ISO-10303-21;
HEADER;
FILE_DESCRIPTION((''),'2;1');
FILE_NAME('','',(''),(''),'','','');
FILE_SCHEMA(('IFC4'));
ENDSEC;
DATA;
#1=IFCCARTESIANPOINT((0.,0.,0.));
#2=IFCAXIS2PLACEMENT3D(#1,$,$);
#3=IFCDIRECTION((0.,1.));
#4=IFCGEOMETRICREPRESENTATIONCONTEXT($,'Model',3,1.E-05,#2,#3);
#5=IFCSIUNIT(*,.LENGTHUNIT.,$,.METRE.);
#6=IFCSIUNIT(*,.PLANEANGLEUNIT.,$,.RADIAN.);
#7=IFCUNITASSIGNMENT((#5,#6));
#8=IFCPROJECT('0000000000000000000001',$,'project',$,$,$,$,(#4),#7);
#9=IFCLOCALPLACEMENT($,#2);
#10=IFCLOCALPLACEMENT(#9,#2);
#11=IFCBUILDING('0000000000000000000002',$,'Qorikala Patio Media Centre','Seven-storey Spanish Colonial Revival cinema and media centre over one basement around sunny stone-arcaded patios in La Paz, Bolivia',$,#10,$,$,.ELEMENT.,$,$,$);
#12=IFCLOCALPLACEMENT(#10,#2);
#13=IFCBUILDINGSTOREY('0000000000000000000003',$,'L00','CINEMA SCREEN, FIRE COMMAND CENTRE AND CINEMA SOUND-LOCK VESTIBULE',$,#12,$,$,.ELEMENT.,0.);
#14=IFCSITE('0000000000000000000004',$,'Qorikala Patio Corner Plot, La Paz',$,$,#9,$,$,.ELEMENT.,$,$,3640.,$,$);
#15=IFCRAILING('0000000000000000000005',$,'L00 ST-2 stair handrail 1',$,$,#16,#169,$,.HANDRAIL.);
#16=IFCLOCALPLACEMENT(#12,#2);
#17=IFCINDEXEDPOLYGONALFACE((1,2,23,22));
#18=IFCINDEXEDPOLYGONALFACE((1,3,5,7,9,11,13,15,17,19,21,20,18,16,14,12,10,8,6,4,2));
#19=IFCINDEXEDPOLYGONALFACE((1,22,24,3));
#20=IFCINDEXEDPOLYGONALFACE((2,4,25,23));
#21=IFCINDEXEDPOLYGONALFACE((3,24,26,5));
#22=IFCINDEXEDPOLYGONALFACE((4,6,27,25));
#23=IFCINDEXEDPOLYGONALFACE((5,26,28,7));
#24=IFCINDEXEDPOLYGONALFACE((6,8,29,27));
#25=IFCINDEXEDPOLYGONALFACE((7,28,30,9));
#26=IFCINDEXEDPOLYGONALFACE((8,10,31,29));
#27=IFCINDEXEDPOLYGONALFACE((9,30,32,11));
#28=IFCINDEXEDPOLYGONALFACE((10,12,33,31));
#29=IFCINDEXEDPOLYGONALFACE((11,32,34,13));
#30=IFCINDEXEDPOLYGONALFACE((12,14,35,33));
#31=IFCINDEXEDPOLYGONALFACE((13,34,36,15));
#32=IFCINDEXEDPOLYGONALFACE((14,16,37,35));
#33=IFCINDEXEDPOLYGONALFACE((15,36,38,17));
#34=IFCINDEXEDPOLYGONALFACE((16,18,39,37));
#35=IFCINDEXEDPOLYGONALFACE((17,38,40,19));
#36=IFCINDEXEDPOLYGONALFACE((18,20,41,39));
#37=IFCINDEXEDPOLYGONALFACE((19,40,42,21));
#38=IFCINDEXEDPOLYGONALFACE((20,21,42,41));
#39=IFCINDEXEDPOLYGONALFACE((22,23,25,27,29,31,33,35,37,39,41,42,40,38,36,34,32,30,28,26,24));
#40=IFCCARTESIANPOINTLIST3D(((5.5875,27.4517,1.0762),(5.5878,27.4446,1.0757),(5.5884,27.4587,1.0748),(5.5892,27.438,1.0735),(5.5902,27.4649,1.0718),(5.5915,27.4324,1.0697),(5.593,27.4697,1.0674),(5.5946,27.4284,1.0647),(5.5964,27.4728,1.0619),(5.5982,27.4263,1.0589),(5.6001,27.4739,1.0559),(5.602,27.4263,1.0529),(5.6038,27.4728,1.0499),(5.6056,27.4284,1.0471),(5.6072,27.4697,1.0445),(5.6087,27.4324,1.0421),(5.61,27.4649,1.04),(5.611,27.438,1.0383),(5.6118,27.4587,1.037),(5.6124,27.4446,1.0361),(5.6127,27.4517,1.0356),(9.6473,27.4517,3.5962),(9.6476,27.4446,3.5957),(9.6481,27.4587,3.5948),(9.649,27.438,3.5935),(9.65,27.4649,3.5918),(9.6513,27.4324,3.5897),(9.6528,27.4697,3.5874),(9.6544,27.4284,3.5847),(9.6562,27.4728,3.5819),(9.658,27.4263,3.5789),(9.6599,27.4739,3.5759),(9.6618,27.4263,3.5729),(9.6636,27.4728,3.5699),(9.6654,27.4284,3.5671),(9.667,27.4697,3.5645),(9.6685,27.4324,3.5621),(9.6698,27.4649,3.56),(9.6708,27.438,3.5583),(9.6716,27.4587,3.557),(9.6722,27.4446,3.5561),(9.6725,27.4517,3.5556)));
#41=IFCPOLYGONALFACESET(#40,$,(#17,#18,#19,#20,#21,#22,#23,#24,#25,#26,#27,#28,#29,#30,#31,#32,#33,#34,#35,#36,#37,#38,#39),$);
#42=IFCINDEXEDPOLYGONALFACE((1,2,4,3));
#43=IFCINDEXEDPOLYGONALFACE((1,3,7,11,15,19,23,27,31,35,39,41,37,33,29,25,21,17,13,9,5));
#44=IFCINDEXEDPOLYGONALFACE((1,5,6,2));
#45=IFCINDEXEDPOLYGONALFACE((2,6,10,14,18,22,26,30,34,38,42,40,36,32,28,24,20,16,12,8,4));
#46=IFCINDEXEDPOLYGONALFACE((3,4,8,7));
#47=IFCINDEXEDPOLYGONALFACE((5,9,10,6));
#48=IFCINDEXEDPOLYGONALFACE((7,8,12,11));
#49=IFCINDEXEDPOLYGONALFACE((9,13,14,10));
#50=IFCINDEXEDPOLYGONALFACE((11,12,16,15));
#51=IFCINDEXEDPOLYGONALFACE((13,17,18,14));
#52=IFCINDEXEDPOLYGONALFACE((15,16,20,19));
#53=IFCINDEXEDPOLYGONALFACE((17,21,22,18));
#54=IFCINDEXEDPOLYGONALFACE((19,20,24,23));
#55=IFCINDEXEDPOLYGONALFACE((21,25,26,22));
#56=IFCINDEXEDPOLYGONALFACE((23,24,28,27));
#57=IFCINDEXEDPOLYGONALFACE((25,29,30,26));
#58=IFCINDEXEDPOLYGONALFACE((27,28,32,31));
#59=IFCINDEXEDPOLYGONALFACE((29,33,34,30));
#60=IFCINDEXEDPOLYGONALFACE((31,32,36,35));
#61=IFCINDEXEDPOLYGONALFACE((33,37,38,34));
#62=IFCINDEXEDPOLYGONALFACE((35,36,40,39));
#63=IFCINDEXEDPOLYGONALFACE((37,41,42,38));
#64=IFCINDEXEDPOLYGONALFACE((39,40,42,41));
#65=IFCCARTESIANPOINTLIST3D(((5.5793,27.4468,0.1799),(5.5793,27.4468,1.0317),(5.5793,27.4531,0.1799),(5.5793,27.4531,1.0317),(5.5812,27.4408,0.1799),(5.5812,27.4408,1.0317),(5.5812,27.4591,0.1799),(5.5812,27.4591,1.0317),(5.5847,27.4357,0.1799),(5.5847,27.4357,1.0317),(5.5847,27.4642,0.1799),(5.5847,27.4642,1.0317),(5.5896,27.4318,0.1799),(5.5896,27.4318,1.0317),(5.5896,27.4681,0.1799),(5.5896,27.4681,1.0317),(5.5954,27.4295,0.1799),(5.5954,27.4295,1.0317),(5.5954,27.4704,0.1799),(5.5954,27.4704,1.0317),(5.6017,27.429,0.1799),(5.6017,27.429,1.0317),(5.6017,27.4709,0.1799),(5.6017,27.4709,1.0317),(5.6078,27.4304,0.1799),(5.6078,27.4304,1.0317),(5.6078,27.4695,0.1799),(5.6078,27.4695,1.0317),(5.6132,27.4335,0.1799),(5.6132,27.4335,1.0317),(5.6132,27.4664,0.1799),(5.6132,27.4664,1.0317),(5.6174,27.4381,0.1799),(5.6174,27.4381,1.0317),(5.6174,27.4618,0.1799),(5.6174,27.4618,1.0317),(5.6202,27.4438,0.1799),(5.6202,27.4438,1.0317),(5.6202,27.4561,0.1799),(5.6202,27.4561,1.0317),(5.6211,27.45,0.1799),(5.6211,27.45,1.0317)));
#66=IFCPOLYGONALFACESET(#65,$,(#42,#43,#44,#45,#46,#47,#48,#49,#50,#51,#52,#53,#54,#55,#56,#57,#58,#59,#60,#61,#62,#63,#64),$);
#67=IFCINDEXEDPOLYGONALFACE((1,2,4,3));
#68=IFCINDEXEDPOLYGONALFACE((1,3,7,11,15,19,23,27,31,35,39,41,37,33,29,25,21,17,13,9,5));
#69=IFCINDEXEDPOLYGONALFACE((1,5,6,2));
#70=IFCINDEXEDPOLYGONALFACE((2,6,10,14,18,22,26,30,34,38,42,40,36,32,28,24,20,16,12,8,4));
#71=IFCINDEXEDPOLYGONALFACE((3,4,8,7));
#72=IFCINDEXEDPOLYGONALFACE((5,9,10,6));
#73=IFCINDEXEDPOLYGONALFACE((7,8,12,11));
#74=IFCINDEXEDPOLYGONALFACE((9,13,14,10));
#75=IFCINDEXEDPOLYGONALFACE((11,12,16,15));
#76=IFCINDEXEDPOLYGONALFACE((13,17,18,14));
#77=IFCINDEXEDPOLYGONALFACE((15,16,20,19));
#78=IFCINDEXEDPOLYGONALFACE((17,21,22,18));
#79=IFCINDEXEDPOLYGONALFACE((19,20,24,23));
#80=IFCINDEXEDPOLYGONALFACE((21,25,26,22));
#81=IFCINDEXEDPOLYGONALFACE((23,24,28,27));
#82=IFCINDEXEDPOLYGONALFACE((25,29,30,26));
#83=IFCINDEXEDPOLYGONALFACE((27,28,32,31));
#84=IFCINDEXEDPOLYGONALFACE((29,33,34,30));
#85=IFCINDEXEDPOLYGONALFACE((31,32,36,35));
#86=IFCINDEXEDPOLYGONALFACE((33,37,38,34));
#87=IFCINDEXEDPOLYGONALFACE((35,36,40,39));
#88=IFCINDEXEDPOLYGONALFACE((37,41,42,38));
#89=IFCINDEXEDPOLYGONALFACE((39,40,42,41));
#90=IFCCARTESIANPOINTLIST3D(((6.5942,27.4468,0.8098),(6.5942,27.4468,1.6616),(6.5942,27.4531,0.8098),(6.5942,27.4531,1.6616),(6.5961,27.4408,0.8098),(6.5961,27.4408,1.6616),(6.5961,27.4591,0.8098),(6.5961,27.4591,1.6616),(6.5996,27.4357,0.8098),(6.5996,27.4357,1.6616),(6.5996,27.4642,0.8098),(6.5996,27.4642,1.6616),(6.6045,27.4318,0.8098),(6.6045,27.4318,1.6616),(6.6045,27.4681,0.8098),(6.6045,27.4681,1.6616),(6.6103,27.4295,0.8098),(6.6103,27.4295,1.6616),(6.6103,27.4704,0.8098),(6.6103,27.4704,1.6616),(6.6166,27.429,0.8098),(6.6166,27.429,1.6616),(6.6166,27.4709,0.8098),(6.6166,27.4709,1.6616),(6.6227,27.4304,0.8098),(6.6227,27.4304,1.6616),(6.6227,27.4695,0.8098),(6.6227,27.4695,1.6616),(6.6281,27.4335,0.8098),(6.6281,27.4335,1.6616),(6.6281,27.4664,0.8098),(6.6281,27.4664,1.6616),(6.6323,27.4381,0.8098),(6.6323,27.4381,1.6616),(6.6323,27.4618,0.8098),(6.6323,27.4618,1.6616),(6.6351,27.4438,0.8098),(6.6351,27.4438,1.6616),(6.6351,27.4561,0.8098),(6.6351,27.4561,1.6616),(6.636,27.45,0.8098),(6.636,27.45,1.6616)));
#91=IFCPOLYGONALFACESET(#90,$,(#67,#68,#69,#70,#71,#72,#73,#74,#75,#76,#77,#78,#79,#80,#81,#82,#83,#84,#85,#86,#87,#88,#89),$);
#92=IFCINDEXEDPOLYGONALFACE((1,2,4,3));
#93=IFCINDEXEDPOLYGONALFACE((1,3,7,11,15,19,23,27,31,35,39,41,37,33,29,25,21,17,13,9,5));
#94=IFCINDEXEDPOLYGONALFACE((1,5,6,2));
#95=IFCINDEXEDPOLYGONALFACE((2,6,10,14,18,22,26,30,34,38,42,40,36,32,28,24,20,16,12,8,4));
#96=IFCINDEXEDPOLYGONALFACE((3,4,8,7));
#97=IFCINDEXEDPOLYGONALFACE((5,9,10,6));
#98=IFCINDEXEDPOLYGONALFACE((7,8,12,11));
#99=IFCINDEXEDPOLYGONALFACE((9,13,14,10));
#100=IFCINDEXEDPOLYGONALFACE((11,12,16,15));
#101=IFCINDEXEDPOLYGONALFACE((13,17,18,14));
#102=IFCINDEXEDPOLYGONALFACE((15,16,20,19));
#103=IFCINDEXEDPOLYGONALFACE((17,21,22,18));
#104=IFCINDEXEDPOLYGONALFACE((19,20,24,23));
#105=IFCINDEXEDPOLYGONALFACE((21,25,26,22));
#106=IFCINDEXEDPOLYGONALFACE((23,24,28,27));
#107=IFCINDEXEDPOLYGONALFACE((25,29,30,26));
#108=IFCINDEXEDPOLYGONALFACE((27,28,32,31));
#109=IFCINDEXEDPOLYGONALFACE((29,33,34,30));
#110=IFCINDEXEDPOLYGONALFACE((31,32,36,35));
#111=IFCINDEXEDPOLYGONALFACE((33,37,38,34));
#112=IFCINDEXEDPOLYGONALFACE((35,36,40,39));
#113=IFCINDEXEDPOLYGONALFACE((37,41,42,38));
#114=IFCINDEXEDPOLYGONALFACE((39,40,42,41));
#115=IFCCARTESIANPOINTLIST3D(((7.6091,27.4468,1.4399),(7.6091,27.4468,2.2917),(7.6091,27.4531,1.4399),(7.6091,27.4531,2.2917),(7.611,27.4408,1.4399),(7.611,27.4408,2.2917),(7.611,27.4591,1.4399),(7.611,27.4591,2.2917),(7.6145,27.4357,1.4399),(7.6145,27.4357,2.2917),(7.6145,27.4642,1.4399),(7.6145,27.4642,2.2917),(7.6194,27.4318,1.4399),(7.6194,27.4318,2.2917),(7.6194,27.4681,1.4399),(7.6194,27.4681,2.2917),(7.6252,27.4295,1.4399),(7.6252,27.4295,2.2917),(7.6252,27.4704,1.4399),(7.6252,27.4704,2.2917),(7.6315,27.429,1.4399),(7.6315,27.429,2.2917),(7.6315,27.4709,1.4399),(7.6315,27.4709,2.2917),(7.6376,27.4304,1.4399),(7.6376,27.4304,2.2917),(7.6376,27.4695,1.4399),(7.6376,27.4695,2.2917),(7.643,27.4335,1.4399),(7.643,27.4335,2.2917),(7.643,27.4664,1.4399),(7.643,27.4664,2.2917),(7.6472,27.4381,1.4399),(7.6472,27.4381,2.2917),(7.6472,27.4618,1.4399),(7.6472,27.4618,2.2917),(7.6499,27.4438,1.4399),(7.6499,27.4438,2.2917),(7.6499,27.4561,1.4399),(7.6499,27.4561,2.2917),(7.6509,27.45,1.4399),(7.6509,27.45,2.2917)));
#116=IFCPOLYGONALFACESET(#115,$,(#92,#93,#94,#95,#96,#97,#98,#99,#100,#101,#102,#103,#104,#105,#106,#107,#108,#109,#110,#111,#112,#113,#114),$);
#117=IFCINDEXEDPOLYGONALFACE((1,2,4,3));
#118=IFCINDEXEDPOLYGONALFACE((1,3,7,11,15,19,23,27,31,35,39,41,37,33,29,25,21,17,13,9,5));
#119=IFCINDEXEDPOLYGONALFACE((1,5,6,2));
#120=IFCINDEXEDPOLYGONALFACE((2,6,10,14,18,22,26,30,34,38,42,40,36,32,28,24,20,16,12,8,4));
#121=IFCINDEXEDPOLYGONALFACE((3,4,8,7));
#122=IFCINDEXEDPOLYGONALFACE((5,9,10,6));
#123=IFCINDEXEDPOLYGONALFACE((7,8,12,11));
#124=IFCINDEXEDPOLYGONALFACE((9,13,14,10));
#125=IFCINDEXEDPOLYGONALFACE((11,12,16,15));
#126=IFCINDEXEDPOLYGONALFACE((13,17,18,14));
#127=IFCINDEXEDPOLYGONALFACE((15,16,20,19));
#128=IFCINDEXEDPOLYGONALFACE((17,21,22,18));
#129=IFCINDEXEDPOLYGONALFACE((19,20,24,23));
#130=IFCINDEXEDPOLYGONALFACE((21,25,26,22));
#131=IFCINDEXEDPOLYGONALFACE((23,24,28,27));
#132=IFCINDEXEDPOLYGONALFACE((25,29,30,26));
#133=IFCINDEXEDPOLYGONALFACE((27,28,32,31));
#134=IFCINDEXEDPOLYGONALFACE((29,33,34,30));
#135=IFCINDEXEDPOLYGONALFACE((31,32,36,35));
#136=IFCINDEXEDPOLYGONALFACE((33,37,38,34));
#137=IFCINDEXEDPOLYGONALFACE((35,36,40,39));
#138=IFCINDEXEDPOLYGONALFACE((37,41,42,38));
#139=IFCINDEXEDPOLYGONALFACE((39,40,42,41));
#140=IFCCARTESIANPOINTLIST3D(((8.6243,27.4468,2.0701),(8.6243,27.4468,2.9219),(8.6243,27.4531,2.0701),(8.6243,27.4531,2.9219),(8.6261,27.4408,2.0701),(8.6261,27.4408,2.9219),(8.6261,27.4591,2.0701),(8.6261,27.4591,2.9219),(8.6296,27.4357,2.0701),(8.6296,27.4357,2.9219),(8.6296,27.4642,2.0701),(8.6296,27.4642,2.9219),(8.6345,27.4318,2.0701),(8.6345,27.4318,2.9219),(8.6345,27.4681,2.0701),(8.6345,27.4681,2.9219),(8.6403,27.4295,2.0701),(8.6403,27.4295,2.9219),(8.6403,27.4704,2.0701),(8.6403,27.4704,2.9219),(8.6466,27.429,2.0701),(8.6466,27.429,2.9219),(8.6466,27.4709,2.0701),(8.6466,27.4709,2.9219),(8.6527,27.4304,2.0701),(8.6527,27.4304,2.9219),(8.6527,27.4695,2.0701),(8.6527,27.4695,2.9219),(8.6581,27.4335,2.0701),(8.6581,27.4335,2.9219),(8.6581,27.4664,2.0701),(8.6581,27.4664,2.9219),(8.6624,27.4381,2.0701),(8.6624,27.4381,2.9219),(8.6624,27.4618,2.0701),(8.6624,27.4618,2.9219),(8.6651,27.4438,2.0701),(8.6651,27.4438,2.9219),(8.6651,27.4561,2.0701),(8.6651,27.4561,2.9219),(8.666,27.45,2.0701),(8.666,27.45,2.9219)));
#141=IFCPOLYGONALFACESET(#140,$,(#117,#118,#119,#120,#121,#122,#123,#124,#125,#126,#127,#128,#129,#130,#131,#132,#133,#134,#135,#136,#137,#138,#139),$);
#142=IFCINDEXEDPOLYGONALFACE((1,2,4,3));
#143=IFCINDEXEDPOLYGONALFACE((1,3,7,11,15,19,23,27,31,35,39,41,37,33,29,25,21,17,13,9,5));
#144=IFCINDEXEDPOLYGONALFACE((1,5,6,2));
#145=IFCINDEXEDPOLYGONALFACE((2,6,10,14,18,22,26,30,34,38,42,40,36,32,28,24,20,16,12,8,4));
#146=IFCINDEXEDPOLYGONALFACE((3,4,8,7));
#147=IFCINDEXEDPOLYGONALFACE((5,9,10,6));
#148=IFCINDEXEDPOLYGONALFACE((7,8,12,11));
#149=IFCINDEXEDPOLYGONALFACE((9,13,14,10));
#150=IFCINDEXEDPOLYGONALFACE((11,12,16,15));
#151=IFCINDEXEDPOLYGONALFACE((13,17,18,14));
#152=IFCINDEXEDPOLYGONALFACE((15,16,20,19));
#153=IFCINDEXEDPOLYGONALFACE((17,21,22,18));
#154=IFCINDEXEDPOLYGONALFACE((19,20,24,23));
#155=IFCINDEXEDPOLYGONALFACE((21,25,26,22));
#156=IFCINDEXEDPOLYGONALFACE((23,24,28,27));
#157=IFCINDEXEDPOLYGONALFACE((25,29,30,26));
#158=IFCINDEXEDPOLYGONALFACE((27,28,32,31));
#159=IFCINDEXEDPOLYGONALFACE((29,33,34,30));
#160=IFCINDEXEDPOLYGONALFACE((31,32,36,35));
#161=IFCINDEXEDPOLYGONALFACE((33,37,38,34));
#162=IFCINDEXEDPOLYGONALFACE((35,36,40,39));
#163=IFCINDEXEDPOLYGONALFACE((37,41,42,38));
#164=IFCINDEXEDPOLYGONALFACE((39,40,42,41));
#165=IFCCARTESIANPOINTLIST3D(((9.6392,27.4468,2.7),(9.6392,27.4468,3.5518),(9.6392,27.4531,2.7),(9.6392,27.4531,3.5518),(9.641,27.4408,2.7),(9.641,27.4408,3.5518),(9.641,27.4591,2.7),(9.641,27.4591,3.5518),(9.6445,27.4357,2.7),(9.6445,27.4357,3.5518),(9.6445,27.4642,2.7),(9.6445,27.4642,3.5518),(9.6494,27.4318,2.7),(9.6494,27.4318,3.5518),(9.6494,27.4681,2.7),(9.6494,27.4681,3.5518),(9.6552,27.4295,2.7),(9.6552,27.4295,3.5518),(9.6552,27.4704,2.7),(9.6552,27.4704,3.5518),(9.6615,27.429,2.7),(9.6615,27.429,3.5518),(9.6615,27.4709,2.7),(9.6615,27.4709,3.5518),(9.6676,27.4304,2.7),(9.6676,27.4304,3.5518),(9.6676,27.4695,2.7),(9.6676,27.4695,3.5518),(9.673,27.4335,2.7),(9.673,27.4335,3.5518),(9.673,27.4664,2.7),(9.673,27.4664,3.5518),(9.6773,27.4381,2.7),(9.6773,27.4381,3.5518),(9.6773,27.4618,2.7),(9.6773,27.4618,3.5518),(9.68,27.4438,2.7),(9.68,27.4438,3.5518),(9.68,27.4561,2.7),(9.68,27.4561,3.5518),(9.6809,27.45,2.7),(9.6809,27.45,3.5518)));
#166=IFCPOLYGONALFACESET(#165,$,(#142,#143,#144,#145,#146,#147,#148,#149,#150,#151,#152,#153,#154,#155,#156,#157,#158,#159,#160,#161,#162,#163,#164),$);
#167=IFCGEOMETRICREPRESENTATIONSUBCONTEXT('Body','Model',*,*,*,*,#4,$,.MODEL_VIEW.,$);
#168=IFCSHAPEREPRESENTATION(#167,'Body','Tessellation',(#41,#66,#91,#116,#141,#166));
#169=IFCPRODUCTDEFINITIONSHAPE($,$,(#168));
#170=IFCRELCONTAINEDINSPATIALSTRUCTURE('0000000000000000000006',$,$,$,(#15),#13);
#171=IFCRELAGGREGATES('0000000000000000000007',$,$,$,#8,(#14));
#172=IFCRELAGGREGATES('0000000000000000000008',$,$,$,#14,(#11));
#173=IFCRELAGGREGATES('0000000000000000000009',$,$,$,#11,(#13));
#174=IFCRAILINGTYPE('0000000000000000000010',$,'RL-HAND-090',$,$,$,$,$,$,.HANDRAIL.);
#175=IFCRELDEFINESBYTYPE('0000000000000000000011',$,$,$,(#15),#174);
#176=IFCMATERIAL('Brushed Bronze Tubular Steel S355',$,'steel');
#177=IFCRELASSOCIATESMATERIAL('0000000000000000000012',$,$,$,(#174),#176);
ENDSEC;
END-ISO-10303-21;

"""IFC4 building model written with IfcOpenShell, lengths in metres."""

from ifc_helpers import new_model, si_unit, direction, frame, origin, origin_2d, place, context, subcontext, project, spatial, circle, extrude, material, type_object, element, save


model = new_model("IFC4")

# Units and contexts
model_context = context("Model", 3, precision=1e-05, world=origin(), true_north=direction((0.0, 1.0)))
body_context = subcontext(model_context, "Body", "Model", "MODEL_VIEW")
ifc_project = project(units=[si_unit("LENGTHUNIT", "METRE"), si_unit("PLANEANGLEUNIT", "RADIAN")], contexts=[model_context])

# Site, building, storey
site_placement = place(None, origin())
site = spatial("IfcSite", under=ifc_project, at=site_placement, Name="Qorikala Patio Corner Plot, La Paz", CompositionType="ELEMENT", RefElevation=3640.0)
building_placement = place(site_placement, origin())
building = spatial("IfcBuilding", under=site, at=building_placement, Name="Qorikala Patio Media Centre", Description="Seven-storey Spanish Colonial Revival cinema and media centre over one basement around sunny stone-arcaded patios in La Paz, Bolivia", CompositionType="ELEMENT")
storey_placement = place(building_placement, origin())
storey = spatial("IfcBuildingStorey", under=building, at=storey_placement, Name="L00", Description="CINEMA SCREEN, FIRE COMMAND CENTRE AND CINEMA SOUND-LOCK VESTIBULE", CompositionType="ELEMENT", Elevation=0.0)

# Railing
ifc_material_1 = material(Name="Brushed Bronze Tubular Steel S355", Category="steel")
railing_type_1 = type_object("IfcRailingType", Name="RL-HAND-090", PredefinedType="HANDRAIL", material=ifc_material_1)
railing_1_placement = place(storey_placement, frame((5.6001, 27.45, 0.1799)))
element("IfcRailing", 1, at=railing_1_placement, inside=storey, type_object=railing_type_1, Name="L00 ST-2 stair handrail 1", PredefinedType="HANDRAIL", context=body_context, shape_type="SweptSolid", body=[
    extrude(circle(Radius=0.0239, at=origin_2d()), frame((0.0, 0.0, 0.876), z_axis=(0.849628, 0.0, 0.527383), x_axis=(0.0, 1.0, 0.0)), (0.0, 0.0, 1.0), 4.7783),
    extrude(circle(Radius=0.021, at=origin_2d()), origin(), (0.0, 0.0, 1.0), 0.8518),
    extrude(circle(Radius=0.021, at=origin_2d()), frame((1.0149, 0.0, 0.6299)), (0.0, 0.0, 1.0), 0.8518),
    extrude(circle(Radius=0.021, at=origin_2d()), frame((2.0298, 0.0, 1.26)), (0.0, 0.0, 1.0), 0.8518),
    extrude(circle(Radius=0.021, at=origin_2d()), frame((3.0449, 0.0, 1.8901)), (0.0, 0.0, 1.0), 0.8518),
    extrude(circle(Radius=0.021, at=origin_2d()), frame((4.0598, 0.0, 2.52)), (0.0, 0.0, 1.0), 0.8518),
])

save(model, "model.ifc")
